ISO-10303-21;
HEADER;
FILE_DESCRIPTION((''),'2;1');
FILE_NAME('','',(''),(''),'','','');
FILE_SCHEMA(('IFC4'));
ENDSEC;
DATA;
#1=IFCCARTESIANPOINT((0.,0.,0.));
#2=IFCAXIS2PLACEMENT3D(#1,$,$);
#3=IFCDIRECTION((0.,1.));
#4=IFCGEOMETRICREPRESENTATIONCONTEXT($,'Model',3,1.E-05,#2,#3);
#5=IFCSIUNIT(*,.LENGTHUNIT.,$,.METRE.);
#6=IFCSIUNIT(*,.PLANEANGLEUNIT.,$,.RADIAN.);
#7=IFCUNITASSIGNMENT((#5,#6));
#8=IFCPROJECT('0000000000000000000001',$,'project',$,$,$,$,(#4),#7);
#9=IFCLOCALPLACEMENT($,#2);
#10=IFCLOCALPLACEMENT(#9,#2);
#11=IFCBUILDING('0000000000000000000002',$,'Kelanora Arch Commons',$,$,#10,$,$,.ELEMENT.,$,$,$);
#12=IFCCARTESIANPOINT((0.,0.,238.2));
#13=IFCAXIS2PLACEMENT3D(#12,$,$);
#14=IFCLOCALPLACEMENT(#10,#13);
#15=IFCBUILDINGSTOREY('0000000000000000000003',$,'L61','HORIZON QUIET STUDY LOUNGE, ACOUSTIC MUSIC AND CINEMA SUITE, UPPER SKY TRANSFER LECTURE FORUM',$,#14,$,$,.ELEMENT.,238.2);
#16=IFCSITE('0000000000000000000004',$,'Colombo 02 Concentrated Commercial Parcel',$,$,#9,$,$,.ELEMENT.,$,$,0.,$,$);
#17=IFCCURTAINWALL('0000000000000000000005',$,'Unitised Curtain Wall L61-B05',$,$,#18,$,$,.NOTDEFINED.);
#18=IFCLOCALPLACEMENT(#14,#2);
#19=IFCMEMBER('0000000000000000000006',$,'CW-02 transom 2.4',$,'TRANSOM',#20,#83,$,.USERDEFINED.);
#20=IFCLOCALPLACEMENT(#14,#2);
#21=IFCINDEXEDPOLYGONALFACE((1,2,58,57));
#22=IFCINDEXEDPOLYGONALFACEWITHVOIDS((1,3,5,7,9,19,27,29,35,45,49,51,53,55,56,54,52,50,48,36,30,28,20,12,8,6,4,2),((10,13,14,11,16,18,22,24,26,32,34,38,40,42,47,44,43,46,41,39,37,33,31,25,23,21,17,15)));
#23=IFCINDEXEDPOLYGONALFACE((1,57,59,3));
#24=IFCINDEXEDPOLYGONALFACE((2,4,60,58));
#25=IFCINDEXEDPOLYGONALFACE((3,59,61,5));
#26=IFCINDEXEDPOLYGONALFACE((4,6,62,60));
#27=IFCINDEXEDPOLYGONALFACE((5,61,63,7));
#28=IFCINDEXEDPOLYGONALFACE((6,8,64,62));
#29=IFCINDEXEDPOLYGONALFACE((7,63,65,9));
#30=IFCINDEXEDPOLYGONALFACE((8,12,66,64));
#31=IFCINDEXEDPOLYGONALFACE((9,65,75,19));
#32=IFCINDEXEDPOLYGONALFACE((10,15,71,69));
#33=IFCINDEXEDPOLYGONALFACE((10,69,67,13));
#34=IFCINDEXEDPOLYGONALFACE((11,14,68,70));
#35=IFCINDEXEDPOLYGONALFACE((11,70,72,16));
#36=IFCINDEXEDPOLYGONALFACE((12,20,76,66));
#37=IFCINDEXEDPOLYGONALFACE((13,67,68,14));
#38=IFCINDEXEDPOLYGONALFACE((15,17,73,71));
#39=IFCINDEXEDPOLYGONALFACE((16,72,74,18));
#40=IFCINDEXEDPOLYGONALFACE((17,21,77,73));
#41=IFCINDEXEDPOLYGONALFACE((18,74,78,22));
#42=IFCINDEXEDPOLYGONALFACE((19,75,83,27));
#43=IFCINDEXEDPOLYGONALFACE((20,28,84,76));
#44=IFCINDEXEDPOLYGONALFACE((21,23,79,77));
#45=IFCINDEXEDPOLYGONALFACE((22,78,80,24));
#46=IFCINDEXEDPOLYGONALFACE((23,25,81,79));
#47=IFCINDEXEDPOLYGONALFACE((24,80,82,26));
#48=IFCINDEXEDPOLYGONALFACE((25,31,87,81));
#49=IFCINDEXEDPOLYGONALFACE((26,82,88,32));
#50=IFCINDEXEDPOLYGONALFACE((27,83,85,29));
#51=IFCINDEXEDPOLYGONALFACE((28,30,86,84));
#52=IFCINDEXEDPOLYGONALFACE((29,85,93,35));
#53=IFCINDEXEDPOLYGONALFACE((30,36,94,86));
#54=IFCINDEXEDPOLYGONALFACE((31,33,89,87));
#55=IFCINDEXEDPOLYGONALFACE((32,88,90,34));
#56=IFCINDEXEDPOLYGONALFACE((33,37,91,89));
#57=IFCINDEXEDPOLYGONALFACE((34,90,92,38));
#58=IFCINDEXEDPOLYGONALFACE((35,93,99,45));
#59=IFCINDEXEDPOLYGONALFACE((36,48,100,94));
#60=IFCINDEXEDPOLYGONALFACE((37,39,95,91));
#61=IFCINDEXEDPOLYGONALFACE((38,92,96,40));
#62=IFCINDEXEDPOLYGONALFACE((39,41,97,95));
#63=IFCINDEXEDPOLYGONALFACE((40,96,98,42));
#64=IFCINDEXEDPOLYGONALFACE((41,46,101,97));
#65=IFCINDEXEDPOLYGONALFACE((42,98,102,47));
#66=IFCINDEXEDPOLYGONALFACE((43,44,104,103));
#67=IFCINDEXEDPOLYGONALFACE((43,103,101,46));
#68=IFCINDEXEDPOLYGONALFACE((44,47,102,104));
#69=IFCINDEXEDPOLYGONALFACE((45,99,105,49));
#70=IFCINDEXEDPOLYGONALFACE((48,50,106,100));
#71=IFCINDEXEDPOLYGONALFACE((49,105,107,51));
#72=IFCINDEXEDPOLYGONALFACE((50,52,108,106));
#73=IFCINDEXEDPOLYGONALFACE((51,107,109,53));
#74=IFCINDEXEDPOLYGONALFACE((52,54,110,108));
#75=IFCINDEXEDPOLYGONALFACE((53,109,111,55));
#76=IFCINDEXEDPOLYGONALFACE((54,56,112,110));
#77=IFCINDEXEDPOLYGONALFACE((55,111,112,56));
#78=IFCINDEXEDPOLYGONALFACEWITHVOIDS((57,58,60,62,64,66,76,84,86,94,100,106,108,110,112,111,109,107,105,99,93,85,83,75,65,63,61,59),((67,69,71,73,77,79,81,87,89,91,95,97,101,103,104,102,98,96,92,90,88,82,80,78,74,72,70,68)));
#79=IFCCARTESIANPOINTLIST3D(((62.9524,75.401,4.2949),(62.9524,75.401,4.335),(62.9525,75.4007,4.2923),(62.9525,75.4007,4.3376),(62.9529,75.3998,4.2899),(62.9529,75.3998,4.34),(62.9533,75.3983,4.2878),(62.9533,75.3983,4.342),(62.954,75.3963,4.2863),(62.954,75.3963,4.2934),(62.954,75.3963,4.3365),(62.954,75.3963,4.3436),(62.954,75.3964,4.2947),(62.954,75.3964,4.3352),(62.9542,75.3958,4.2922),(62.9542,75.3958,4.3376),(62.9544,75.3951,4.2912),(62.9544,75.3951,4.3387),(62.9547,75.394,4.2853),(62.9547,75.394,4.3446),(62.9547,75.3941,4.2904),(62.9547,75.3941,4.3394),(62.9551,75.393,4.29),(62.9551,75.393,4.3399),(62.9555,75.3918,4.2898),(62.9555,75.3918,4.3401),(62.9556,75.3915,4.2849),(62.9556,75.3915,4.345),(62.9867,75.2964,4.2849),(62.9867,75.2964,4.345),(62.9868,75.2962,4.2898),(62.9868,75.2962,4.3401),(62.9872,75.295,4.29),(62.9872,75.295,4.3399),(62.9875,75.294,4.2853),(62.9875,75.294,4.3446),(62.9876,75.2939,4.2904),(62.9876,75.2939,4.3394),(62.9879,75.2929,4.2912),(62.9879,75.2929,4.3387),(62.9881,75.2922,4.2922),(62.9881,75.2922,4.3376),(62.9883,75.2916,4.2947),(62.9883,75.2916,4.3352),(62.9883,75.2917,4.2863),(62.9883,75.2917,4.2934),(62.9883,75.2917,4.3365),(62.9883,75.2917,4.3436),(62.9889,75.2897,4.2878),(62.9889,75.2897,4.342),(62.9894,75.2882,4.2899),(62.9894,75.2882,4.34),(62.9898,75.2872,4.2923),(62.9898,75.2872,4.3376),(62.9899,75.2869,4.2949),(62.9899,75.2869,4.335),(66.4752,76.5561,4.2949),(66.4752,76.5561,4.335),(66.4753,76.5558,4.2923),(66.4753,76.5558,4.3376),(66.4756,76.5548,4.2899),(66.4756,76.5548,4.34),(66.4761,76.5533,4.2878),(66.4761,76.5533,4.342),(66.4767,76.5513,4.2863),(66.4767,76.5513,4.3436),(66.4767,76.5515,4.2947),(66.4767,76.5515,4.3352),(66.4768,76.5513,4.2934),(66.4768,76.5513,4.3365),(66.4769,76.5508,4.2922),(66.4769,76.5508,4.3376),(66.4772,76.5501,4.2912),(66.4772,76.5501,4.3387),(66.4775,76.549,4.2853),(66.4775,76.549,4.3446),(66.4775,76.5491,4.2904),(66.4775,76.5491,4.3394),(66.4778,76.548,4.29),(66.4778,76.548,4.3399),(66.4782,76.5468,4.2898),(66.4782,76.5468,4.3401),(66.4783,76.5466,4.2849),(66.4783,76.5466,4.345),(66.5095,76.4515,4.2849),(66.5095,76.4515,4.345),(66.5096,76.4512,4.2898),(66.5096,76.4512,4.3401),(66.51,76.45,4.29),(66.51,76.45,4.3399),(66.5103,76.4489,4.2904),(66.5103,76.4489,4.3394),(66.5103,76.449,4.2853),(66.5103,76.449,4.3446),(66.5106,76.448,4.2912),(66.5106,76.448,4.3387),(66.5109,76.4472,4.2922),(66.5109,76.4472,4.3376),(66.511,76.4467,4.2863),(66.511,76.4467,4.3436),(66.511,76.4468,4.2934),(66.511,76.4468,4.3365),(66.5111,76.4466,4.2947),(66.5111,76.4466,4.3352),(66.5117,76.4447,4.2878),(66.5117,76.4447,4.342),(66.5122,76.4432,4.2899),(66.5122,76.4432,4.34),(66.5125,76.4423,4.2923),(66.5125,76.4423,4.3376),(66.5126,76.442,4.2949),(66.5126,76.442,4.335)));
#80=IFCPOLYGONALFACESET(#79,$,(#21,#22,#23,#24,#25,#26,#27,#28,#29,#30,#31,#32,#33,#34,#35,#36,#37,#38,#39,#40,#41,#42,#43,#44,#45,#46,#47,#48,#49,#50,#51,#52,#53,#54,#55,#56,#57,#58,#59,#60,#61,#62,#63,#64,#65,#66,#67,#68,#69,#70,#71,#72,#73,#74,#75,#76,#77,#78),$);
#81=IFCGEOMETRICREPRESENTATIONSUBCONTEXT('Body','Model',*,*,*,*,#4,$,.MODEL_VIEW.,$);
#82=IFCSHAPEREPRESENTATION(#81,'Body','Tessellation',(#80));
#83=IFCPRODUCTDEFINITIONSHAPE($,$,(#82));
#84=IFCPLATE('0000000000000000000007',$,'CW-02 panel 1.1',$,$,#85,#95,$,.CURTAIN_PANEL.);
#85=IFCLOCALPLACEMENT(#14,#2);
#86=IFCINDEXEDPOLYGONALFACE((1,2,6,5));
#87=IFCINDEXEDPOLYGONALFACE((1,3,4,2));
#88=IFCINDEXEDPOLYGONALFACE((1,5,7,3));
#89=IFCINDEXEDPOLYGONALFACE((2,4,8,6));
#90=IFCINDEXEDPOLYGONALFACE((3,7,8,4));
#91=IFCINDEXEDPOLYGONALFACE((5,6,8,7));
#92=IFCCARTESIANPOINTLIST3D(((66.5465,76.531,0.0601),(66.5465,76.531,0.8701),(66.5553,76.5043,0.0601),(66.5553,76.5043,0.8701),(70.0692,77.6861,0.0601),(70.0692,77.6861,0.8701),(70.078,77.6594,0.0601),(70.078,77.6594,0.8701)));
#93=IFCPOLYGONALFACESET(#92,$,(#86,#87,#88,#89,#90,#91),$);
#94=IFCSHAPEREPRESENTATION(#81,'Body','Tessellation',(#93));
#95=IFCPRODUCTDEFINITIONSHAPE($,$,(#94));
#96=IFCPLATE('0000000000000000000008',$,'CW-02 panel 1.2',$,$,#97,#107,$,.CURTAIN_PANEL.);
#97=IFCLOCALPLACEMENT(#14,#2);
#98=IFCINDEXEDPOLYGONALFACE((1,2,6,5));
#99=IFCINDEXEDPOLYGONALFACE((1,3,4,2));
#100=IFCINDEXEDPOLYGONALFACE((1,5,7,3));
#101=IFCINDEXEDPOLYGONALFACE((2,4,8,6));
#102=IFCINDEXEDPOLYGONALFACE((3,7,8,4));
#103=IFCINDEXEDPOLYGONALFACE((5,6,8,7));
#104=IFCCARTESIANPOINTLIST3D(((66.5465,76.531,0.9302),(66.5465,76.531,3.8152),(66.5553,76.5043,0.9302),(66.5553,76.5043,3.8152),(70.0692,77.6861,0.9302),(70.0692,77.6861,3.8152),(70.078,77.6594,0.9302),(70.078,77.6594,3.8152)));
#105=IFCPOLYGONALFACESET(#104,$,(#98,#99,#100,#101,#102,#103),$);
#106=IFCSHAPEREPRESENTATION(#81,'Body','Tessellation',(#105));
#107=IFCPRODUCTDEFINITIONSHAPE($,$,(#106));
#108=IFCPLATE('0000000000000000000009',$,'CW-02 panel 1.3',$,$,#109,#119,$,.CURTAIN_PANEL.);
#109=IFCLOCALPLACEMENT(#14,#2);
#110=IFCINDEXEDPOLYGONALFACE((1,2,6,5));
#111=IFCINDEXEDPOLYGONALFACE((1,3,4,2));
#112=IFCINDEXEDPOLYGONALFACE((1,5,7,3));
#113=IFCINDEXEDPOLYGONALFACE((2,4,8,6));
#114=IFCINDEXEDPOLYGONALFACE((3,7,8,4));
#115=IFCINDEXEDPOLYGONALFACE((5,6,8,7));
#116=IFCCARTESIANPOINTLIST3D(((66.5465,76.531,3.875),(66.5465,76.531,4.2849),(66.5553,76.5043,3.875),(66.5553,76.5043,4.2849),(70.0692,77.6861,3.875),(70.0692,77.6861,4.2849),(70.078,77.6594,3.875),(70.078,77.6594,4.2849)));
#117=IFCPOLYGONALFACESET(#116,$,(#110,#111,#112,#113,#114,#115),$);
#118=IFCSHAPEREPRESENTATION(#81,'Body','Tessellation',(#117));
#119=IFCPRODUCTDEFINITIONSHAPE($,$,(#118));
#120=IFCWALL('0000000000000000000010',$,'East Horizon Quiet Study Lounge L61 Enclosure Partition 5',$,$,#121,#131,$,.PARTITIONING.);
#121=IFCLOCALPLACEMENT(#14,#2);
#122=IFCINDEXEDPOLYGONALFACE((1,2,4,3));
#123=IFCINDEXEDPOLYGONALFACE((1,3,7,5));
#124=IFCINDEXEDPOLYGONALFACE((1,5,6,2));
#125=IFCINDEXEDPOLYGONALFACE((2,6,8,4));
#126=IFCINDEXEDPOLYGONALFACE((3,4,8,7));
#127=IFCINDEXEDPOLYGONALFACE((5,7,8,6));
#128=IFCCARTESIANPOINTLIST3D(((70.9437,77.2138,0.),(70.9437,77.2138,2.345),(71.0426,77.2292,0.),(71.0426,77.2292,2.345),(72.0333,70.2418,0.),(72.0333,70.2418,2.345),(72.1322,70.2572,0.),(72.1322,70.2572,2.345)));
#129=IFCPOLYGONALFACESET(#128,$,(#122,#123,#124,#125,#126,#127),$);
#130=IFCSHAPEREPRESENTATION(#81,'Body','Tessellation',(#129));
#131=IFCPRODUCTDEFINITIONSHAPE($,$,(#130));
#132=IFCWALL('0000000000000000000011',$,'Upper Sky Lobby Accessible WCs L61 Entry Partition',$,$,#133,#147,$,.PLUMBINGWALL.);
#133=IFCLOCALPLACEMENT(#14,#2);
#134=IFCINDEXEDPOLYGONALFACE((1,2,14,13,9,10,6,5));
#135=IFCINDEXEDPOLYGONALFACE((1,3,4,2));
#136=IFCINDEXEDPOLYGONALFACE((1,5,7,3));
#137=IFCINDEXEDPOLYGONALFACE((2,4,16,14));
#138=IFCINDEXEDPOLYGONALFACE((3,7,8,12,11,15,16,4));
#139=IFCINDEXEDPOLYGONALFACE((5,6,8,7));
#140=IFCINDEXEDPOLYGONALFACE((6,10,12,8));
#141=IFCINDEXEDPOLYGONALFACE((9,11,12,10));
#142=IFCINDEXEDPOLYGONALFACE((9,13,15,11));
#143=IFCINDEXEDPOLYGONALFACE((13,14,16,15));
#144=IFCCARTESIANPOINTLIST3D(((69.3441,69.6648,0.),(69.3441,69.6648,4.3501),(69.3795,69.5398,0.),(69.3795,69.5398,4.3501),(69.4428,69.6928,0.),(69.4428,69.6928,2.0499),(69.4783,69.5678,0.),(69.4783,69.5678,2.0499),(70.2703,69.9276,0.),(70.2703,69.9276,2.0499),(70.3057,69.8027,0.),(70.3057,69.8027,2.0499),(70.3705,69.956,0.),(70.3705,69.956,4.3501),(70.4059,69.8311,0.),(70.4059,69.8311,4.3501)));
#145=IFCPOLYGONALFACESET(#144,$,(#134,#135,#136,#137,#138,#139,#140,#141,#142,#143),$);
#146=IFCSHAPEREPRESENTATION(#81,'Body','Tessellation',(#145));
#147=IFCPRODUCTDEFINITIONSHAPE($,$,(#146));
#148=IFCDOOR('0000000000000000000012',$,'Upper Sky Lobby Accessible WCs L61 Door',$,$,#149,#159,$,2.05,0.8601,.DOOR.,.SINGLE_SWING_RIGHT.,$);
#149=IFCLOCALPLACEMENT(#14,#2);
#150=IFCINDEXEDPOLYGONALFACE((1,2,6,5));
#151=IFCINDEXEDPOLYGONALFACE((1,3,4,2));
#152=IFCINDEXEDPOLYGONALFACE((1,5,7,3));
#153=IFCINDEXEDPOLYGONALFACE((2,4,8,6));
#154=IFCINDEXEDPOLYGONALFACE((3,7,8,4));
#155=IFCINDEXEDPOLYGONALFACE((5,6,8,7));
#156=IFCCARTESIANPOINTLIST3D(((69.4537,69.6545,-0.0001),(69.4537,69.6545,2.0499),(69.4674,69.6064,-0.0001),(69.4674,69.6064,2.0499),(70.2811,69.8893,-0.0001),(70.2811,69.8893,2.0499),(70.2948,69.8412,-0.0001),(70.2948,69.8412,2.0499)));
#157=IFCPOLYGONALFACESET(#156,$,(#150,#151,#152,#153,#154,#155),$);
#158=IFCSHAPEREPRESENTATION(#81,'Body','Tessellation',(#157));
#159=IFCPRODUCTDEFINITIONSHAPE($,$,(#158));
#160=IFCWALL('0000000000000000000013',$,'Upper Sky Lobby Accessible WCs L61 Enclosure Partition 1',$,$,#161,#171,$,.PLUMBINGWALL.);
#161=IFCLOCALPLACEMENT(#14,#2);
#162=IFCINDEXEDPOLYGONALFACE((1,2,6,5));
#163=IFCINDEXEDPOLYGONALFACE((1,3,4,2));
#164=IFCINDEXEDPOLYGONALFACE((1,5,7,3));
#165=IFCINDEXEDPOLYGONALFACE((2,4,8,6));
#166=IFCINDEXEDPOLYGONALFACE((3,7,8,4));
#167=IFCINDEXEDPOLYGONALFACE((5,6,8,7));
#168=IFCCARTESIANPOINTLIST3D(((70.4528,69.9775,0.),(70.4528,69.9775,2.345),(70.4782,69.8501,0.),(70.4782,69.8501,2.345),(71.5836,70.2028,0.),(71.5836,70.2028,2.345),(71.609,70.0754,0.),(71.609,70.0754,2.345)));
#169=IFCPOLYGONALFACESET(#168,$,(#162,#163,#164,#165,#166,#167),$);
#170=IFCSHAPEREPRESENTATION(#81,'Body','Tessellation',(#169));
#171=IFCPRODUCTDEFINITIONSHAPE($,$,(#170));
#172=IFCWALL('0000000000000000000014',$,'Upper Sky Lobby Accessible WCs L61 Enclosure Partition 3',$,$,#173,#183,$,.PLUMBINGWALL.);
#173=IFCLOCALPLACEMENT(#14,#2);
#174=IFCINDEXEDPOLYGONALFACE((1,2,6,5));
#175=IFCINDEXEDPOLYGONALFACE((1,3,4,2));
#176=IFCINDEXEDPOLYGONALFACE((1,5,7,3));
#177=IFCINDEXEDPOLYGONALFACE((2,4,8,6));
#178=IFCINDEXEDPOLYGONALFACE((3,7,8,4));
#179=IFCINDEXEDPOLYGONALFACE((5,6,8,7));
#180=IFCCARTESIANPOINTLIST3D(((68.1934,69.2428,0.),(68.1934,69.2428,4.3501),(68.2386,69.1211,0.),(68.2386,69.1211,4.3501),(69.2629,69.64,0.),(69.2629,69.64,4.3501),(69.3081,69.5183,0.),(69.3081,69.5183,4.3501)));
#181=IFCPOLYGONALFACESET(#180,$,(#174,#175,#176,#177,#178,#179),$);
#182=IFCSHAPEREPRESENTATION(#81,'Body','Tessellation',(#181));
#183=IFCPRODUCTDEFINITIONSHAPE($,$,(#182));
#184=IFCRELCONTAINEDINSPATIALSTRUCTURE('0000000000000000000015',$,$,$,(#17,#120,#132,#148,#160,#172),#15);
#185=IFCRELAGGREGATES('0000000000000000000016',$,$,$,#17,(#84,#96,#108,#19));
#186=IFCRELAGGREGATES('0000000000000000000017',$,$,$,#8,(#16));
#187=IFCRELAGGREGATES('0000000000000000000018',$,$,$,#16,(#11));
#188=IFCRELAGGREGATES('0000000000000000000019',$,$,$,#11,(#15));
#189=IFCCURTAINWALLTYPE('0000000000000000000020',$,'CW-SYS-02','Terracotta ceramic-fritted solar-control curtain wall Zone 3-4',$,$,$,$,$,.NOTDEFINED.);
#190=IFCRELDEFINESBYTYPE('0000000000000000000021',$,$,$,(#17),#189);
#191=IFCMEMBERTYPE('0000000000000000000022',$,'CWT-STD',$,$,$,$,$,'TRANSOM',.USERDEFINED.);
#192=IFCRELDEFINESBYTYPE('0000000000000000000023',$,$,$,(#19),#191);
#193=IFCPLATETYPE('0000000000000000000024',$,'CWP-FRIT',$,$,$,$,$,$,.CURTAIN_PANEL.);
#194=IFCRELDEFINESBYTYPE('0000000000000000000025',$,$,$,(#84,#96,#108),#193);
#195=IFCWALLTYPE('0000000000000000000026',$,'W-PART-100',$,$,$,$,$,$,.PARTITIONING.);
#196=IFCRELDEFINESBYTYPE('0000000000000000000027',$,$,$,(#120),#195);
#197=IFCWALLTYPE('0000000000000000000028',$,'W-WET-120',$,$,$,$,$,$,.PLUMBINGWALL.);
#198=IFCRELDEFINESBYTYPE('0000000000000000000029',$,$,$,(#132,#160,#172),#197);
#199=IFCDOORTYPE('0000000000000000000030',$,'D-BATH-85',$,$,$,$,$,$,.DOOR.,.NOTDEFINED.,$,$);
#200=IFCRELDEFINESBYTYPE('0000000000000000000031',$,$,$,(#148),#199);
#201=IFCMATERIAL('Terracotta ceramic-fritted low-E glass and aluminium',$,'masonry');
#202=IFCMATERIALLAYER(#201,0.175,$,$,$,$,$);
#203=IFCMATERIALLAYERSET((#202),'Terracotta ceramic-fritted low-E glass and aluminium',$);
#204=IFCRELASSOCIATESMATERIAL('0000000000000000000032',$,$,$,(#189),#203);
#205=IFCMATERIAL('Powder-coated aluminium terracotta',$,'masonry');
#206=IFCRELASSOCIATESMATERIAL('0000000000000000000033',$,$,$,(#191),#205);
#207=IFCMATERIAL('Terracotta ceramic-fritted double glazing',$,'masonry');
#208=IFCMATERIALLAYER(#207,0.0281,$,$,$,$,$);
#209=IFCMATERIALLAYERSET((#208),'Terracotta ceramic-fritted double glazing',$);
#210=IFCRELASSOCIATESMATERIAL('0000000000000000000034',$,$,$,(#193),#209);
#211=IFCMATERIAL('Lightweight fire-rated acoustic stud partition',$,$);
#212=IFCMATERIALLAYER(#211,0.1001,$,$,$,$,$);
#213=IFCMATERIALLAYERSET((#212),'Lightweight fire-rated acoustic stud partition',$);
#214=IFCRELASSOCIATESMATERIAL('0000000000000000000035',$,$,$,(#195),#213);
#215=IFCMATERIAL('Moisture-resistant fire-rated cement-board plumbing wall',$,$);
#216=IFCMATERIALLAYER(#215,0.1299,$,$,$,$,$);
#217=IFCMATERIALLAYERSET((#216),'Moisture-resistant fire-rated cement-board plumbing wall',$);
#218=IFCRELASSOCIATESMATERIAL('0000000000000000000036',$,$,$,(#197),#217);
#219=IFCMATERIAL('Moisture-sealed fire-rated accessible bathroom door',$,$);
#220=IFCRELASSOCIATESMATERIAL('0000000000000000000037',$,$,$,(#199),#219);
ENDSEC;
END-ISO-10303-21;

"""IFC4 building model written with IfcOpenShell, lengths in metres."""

from ifc_helpers import new_model, si_unit, direction, frame, frame_2d, origin, origin_2d, place, context, subcontext, project, spatial, rectangle, hollow_rectangle, extrude, source, transform, mapped, material, layer, layer_set, material_profile, profile_set, type_object, element, fill, aggregate, save


model = new_model("IFC4")

# Units and contexts
model_context = context("Model", 3, precision=1e-05, world=origin(), true_north=direction((0.0, 1.0)))
body_context = subcontext(model_context, "Body", "Model", "MODEL_VIEW")
ifc_project = project(units=[si_unit("LENGTHUNIT", "METRE"), si_unit("PLANEANGLEUNIT", "RADIAN")], contexts=[model_context])

# Site, building, storey
site_placement = place(None, origin())
site = spatial("IfcSite", under=ifc_project, at=site_placement, Name="Colombo 02 Concentrated Commercial Parcel", CompositionType="ELEMENT", RefElevation=0.0)
building_placement = place(site_placement, origin())
building = spatial("IfcBuilding", under=site, at=building_placement, Name="Kelanora Arch Commons", CompositionType="ELEMENT")
storey_placement = place(building_placement, frame((0.0, 0.0, 238.2)))
storey = spatial("IfcBuildingStorey", under=building, at=storey_placement, Name="L61", Description="HORIZON QUIET STUDY LOUNGE, ACOUSTIC MUSIC AND CINEMA SUITE, UPPER SKY TRANSFER LECTURE FORUM", CompositionType="ELEMENT", Elevation=238.2)

# Curtain wall, member, plates
ifc_material_1 = material(Name="Terracotta ceramic-fritted low-E glass and aluminium", Category="masonry")
ifc_layer_1 = layer(ifc_material_1, 0.175)
ifc_layer_set_1 = layer_set([ifc_layer_1], Name="Terracotta ceramic-fritted low-E glass and aluminium")
curtain_wall_type = type_object("IfcCurtainWallType", Name="CW-SYS-02", Description="Terracotta ceramic-fritted solar-control curtain wall Zone 3-4", PredefinedType="NOTDEFINED", material=ifc_layer_set_1)
curtain_wall_placement = place(storey_placement, origin())
curtain_wall = element("IfcCurtainWall", 1, at=curtain_wall_placement, inside=storey, type_object=curtain_wall_type, Name="Unitised Curtain Wall L61-B05", PredefinedType="NOTDEFINED")
ifc_material_2 = material(Name="Powder-coated aluminium terracotta", Category="masonry")
ifc_material_profile_1 = material_profile(ifc_material_2, hollow_rectangle(XDim=0.1201, YDim=0.0601, WallThickness=0.0049, InnerFilletRadius=0.0049, OuterFilletRadius=0.01, at=origin_2d()), Name="CWT120x60")
ifc_profile_set_1 = profile_set([ifc_material_profile_1], Name="Powder-coated aluminium terracotta")
member_type_1 = type_object("IfcMemberType", Name="CWT-STD", ElementType="TRANSOM", PredefinedType="USERDEFINED", material=ifc_profile_set_1)
member_1_placement = place(storey_placement, frame((66.4939, 76.499, 4.3149), z_axis=(-0.950226, -0.311561, 0.0), x_axis=(0.311561, -0.950226, 0.0)))
member_1 = element("IfcMember", 2, at=member_1_placement, type_object=member_type_1, Name="CW-02 transom 2.4", ObjectType="TRANSOM", PredefinedType="USERDEFINED", context=body_context, shape_type="SweptSolid", body=[
    extrude(hollow_rectangle(XDim=0.1201, YDim=0.0601, WallThickness=0.0049, InnerFilletRadius=0.0049, OuterFilletRadius=0.01, at=origin_2d()), origin(), (0.0, 0.0, 1.0), 3.7073),
])
ifc_material_3 = material(Name="Terracotta ceramic-fritted double glazing", Category="masonry")
ifc_layer_2 = layer(ifc_material_3, 0.0281)
ifc_layer_set_2 = layer_set([ifc_layer_2], Name="Terracotta ceramic-fritted double glazing")
plate_type = type_object("IfcPlateType", Name="CWP-FRIT", PredefinedType="CURTAIN_PANEL", material=ifc_layer_set_2)
shared_shape_1 = source(origin(), body_context, "Body", "SweptSolid", [
    extrude(rectangle(XDim=3.7073, YDim=0.0281, at=origin_2d()), origin(), (0.0, 0.0, 1.0), 0.8101),
])
plate_1_placement = place(storey_placement, frame((68.3123, 77.0952, 0.0601), z_axis=(0.0, 0.0, 1.0), x_axis=(-0.950219, -0.311582, 0.0)))
plate_1 = element("IfcPlate", 3, at=plate_1_placement, type_object=plate_type, Name="CW-02 panel 1.1", PredefinedType="CURTAIN_PANEL", context=body_context, shape_type="MappedRepresentation", body=[
    mapped(shared_shape_1, transform((0.0, 0.0, 0.0), scale=1.0)),
])
shared_shape_2 = source(origin(), body_context, "Body", "SweptSolid", [
    extrude(rectangle(XDim=3.7073, YDim=0.0281, at=origin_2d()), origin(), (0.0, 0.0, 1.0), 2.885),
])
plate_2_placement = place(storey_placement, frame((68.3123, 77.0952, 0.9302), z_axis=(0.0, 0.0, 1.0), x_axis=(-0.950219, -0.311582, 0.0)))
plate_2 = element("IfcPlate", 4, at=plate_2_placement, type_object=plate_type, Name="CW-02 panel 1.2", PredefinedType="CURTAIN_PANEL", context=body_context, shape_type="MappedRepresentation", body=[
    mapped(shared_shape_2, transform((0.0, 0.0, 0.0), scale=1.0)),
])
shared_shape_3 = source(origin(), body_context, "Body", "SweptSolid", [
    extrude(rectangle(XDim=3.7073, YDim=0.0281, at=origin_2d()), origin(), (0.0, 0.0, 1.0), 0.4099),
])
plate_3_placement = place(storey_placement, frame((68.3123, 77.0952, 3.875), z_axis=(0.0, 0.0, 1.0), x_axis=(-0.950219, -0.311582, 0.0)))
plate_3 = element("IfcPlate", 5, at=plate_3_placement, type_object=plate_type, Name="CW-02 panel 1.3", PredefinedType="CURTAIN_PANEL", context=body_context, shape_type="MappedRepresentation", body=[
    mapped(shared_shape_3, transform((0.0, 0.0, 0.0), scale=1.0)),
])
aggregate(curtain_wall, [plate_1, plate_2, plate_3, member_1])

# Wall
ifc_material_4 = material(Name="Lightweight fire-rated acoustic stud partition")
ifc_layer_3 = layer(ifc_material_4, 0.1001)
ifc_layer_set_3 = layer_set([ifc_layer_3], Name="Lightweight fire-rated acoustic stud partition")
wall_type_1 = type_object("IfcWallType", Name="W-PART-100", PredefinedType="PARTITIONING", material=ifc_layer_set_3)
wall_1_placement = place(storey_placement, frame((72.0828, 70.2495, 0.0), z_axis=(0.0, 0.0, 1.0), x_axis=(-0.15441, 0.988007, 0.0)))
element("IfcWall", 6, at=wall_1_placement, inside=storey, type_object=wall_type_1, Name="East Horizon Quiet Study Lounge L61 Enclosure Partition 5", PredefinedType="PARTITIONING", context=body_context, shape_type="SweptSolid", body=[
    extrude(rectangle(XDim=7.0566, YDim=0.1001, at=frame_2d((3.5283, 0.0))), origin(), (0.0, 0.0, 1.0), 2.345),
])

# Wall, opening, door
ifc_material_5 = material(Name="Moisture-resistant fire-rated cement-board plumbing wall")
ifc_layer_4 = layer(ifc_material_5, 0.1299)
ifc_layer_set_4 = layer_set([ifc_layer_4], Name="Moisture-resistant fire-rated cement-board plumbing wall")
wall_type_2 = type_object("IfcWallType", Name="W-WET-120", PredefinedType="PLUMBINGWALL", material=ifc_layer_set_4)
wall_2_placement = place(storey_placement, frame((70.3882, 69.8936, 0.0), z_axis=(0.0, 0.0, 1.0), x_axis=(-0.962015, -0.272998, 0.0)))
wall_2 = element("IfcWall", 7, at=wall_2_placement, inside=storey, type_object=wall_type_2, Name="Upper Sky Lobby Accessible WCs L61 Entry Partition", PredefinedType="PLUMBINGWALL", context=body_context, shape_type="SweptSolid", body=[
    extrude(rectangle(XDim=1.0669, YDim=0.1299, at=frame_2d((0.5334, 0.0))), origin(), (0.0, 0.0, 1.0), 4.3501),
])
opening_placement = place(wall_2_placement, frame((0.104, 0.0, 0.0)))
opening = element("IfcOpeningElement", 8, at=opening_placement, cuts=wall_2, PredefinedType="OPENING", context=body_context, shape_type="SweptSolid", body=[
    extrude(rectangle(XDim=0.8601, YDim=2.05, at=frame_2d((0.4302, 1.0249))), frame((0.0, 0.075, 0.0), z_axis=(0.0, -1.0, 0.0), x_axis=(1.0, 0.0, 0.0)), (0.0, 0.0, 1.0), 0.1499),
])
ifc_material_6 = material(Name="Moisture-sealed fire-rated accessible bathroom door")
door_type = type_object("IfcDoorType", Name="D-BATH-85", OperationType="NOTDEFINED", PredefinedType="DOOR", material=ifc_material_6)
door_placement = place(opening_placement, origin())
door = element("IfcDoor", 9, at=door_placement, inside=storey, type_object=door_type, Name="Upper Sky Lobby Accessible WCs L61 Door", OperationType="SINGLE_SWING_RIGHT", OverallHeight=2.05, OverallWidth=0.8601, PredefinedType="DOOR", context=body_context, shape_type="SweptSolid", body=[
    extrude(rectangle(XDim=0.8601, YDim=2.05, at=frame_2d((0.4302, 1.0249))), frame((0.0, 0.0249, 0.0), z_axis=(0.0, -1.0, 0.0), x_axis=(1.0, 0.0, 0.0)), (0.0, 0.0, 1.0), 0.05),
])
fill(opening, door)

# Walls
wall_3_placement = place(storey_placement, frame((71.5964, 70.1392, 0.0), z_axis=(0.0, 0.0, 1.0), x_axis=(-0.980719, -0.195424, 0.0)))
element("IfcWall", 10, at=wall_3_placement, inside=storey, type_object=wall_type_2, Name="Upper Sky Lobby Accessible WCs L61 Enclosure Partition 1", PredefinedType="PLUMBINGWALL", context=body_context, shape_type="SweptSolid", body=[
    extrude(rectangle(XDim=1.1531, YDim=0.1299, at=frame_2d((0.5767, 0.0))), origin(), (0.0, 0.0, 1.0), 2.345),
])
wall_4_placement = place(storey_placement, frame((69.2854, 69.5791, 0.0), z_axis=(0.0, 0.0, 1.0), x_axis=(-0.937441, -0.348144, 0.0)))
element("IfcWall", 11, at=wall_4_placement, inside=storey, type_object=wall_type_2, Name="Upper Sky Lobby Accessible WCs L61 Enclosure Partition 3", PredefinedType="PLUMBINGWALL", context=body_context, shape_type="SweptSolid", body=[
    extrude(rectangle(XDim=1.1409, YDim=0.1299, at=frame_2d((0.5703, 0.0))), origin(), (0.0, 0.0, 1.0), 4.3501),
])

save(model, "model.ifc")
